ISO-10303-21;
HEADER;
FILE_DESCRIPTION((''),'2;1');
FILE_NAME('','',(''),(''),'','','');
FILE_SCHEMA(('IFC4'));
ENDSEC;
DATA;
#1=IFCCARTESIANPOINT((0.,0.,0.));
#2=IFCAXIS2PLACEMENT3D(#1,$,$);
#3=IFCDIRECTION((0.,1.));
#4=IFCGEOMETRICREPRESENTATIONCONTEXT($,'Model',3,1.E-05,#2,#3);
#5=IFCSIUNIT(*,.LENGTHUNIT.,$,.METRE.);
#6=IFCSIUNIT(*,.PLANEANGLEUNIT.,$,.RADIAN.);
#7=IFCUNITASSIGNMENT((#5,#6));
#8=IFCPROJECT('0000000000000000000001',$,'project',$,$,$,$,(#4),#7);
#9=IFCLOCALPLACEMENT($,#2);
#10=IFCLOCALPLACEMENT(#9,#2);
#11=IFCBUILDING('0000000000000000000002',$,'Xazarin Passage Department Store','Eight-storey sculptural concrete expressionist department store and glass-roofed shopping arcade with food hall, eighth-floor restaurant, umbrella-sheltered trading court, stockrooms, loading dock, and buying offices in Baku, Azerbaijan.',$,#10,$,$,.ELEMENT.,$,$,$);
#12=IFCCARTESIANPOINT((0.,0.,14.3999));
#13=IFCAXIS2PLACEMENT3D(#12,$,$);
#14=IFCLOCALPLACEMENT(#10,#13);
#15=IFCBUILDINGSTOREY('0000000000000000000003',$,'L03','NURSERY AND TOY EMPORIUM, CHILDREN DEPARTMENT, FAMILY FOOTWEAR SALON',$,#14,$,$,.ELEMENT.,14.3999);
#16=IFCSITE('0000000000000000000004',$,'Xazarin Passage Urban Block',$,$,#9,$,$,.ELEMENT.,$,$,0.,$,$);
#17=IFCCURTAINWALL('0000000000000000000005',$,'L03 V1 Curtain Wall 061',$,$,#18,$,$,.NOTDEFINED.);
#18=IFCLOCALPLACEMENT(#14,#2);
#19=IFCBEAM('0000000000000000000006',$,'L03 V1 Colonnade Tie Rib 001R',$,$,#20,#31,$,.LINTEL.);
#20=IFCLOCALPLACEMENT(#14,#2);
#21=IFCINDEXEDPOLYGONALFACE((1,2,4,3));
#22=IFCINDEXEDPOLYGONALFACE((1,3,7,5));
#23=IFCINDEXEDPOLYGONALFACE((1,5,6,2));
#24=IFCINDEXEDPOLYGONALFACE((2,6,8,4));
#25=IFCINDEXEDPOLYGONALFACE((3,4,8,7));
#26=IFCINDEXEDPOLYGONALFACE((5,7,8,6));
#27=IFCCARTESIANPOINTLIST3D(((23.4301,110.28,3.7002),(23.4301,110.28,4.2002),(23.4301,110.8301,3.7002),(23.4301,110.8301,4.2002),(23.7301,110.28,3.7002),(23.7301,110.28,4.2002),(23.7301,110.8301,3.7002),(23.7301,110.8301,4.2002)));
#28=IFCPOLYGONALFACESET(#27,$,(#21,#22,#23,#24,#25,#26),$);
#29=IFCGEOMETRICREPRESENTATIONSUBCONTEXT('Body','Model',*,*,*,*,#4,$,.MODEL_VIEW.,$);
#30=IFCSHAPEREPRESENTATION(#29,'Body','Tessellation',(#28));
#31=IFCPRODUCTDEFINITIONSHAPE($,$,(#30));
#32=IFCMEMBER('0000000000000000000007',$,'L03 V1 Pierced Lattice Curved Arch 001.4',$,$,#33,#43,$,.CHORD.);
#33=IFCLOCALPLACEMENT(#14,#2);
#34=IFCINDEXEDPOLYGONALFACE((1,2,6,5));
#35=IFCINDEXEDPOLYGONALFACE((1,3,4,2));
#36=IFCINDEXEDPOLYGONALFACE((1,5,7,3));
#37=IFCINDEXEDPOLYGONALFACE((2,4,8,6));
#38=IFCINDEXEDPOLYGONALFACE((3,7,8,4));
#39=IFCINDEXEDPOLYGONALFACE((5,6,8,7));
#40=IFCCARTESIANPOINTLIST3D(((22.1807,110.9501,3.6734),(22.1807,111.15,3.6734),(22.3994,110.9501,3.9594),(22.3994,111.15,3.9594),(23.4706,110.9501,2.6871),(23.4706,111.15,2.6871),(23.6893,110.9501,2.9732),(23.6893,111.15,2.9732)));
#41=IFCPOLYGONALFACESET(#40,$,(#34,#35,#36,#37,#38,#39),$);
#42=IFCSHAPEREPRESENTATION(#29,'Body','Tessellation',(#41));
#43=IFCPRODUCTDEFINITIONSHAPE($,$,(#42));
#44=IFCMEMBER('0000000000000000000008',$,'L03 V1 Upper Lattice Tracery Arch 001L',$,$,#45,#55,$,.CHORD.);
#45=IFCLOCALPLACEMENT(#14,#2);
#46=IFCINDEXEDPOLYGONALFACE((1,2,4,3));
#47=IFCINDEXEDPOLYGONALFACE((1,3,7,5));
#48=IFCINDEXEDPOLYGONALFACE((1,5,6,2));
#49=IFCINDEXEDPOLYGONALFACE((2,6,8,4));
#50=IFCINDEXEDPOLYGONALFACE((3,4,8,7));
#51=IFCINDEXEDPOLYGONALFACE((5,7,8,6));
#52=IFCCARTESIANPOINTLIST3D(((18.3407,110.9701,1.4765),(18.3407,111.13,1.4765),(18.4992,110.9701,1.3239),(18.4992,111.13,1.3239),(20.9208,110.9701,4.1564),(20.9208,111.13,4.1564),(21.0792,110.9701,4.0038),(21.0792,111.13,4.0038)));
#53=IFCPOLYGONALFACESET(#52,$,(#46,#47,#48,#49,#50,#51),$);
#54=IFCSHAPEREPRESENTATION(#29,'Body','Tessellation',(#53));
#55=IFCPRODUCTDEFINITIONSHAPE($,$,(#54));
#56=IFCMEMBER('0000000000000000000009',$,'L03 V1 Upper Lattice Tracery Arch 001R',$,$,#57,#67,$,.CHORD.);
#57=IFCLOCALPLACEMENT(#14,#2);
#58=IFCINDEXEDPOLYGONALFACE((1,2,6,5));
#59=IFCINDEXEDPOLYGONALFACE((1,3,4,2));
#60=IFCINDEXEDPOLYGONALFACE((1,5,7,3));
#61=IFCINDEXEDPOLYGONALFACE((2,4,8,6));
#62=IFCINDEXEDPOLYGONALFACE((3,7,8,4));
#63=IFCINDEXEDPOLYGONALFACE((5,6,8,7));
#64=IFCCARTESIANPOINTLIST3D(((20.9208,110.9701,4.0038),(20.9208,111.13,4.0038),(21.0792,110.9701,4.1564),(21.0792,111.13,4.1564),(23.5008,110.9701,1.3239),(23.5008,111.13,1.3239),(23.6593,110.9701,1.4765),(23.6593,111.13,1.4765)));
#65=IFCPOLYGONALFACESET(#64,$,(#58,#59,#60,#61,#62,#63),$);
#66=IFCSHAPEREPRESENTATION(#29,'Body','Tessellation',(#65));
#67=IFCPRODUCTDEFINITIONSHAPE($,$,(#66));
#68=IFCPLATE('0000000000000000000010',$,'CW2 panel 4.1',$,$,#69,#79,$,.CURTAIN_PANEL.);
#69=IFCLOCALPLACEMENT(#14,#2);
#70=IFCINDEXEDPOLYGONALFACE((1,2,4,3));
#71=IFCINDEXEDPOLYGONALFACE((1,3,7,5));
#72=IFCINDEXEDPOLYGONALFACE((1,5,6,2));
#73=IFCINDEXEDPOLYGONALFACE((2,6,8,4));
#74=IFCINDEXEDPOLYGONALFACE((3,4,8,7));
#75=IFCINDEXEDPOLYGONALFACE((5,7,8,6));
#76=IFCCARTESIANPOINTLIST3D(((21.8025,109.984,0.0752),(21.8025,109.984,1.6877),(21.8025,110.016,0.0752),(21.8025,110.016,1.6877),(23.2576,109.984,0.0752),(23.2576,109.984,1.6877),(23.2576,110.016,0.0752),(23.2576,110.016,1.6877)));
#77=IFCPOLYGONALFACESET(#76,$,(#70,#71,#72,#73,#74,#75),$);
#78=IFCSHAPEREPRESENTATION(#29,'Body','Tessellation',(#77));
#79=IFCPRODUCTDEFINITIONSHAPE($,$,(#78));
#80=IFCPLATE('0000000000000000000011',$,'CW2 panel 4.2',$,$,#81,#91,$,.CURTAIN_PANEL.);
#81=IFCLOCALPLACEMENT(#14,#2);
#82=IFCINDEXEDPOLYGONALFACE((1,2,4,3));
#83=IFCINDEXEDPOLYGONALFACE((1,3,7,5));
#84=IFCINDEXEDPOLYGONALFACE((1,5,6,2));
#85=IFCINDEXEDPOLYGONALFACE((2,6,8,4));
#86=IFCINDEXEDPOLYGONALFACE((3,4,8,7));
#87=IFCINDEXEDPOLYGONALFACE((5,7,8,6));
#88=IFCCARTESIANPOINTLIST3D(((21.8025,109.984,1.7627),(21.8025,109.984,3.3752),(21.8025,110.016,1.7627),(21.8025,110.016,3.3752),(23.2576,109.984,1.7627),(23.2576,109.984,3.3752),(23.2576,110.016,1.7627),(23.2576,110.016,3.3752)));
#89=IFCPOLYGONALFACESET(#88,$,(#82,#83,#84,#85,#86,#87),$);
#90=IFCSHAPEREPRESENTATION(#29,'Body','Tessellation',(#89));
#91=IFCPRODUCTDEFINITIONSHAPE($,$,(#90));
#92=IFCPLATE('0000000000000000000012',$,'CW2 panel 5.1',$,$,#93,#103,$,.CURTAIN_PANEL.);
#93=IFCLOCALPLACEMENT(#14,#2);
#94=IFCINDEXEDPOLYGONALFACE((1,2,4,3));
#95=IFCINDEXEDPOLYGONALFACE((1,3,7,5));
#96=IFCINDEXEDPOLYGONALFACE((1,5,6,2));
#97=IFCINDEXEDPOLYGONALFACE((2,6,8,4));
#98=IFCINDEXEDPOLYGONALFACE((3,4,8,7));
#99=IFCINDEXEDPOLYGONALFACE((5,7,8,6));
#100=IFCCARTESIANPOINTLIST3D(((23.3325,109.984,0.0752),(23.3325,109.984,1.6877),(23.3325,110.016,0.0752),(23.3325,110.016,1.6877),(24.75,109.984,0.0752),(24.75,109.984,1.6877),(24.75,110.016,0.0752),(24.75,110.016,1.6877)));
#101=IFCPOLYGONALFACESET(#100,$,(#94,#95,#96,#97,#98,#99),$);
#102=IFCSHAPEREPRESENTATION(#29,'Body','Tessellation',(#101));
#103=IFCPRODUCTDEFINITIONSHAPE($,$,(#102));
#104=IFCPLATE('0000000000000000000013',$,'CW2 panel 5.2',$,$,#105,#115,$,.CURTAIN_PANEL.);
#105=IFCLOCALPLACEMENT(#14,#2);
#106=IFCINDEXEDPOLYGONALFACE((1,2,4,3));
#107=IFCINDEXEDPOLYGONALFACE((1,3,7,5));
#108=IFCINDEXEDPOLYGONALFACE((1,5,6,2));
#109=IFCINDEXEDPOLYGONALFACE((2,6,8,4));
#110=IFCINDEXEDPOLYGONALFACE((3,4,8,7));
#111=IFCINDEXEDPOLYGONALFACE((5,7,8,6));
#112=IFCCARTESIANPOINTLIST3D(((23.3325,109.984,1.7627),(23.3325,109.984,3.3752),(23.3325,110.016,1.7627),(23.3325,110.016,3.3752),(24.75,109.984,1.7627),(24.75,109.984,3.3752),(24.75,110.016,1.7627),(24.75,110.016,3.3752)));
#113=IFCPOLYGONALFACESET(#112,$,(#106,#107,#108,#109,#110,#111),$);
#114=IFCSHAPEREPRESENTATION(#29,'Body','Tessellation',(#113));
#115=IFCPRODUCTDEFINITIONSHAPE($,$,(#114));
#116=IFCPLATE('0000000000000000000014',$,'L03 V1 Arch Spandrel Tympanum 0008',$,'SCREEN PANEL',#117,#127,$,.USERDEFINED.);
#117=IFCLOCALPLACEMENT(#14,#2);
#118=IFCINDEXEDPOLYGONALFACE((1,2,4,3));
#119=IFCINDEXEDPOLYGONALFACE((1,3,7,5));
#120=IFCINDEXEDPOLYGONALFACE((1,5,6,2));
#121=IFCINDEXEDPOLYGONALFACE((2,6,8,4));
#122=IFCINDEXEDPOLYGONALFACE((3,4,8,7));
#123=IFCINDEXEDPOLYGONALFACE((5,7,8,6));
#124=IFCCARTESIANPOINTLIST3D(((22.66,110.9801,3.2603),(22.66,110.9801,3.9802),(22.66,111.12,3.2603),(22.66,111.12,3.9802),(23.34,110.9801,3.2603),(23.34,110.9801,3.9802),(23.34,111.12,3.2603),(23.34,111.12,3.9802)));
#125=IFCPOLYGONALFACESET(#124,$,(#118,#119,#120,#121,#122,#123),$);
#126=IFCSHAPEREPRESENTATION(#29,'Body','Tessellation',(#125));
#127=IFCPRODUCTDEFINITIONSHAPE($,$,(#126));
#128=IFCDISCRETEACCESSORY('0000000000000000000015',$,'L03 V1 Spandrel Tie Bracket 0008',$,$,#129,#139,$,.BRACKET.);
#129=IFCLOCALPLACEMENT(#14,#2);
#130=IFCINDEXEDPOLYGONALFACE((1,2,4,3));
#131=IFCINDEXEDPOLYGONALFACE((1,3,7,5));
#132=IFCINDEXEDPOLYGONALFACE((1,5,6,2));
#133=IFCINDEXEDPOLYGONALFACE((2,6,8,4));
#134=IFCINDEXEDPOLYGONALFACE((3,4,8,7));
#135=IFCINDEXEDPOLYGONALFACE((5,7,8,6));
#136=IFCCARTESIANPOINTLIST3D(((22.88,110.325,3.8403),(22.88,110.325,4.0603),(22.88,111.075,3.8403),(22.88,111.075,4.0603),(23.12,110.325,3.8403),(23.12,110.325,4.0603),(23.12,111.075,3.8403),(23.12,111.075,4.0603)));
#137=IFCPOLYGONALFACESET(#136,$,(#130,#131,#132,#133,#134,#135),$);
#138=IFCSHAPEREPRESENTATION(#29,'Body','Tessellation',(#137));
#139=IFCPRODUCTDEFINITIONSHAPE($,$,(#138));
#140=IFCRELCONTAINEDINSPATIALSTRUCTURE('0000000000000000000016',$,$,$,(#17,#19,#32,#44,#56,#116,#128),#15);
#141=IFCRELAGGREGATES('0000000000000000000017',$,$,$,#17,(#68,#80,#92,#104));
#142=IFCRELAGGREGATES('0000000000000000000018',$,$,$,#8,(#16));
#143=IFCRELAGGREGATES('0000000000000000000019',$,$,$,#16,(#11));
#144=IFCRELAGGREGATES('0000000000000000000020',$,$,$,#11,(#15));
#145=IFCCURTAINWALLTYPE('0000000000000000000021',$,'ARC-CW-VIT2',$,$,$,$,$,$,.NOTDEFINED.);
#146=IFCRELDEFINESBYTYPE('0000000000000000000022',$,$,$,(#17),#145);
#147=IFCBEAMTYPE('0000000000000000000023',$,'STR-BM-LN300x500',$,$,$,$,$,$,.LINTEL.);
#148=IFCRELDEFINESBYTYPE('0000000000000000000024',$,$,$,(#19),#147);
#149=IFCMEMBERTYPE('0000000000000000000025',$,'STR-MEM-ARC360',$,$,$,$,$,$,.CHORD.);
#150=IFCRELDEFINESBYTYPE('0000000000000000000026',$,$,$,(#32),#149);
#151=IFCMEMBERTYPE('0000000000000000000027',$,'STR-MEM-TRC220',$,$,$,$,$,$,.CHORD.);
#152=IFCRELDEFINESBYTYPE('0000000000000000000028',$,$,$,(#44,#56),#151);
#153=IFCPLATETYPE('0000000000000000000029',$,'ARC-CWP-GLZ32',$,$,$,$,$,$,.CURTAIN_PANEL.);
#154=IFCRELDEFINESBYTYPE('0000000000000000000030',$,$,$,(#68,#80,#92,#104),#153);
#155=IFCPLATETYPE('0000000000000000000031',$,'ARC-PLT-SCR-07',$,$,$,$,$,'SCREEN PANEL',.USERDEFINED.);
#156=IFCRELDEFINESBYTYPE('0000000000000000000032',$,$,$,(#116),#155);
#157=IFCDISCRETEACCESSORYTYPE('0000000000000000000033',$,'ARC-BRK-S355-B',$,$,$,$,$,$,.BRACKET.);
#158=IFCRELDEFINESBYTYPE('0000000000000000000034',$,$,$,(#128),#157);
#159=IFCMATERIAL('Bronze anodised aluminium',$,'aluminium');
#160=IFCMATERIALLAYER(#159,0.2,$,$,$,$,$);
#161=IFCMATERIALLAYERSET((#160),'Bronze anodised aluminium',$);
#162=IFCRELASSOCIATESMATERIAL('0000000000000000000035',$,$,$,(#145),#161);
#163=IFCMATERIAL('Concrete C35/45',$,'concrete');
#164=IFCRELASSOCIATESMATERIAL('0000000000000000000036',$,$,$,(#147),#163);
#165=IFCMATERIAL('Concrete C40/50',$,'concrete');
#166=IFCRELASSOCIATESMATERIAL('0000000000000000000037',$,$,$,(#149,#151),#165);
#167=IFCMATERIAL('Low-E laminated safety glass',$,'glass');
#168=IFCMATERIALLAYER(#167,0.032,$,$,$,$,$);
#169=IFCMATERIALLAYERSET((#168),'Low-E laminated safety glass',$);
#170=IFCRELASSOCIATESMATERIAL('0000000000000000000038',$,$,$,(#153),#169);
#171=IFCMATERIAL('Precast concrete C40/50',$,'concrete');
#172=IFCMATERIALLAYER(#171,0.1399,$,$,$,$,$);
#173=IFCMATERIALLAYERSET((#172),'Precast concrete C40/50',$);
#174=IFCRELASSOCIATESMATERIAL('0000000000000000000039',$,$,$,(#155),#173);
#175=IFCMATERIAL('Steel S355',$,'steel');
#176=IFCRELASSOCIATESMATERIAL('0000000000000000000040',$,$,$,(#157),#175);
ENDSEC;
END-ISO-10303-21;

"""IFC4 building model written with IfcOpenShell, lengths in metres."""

from ifc_helpers import new_model, si_unit, direction, frame, origin, origin_2d, place, context, subcontext, project, spatial, rectangle, extrude, material, layer, layer_set, material_profile, profile_set, type_object, element, aggregate, save


model = new_model("IFC4")

# Units and contexts
model_context = context("Model", 3, precision=1e-05, world=origin(), true_north=direction((0.0, 1.0)))
body_context = subcontext(model_context, "Body", "Model", "MODEL_VIEW")
ifc_project = project(units=[si_unit("LENGTHUNIT", "METRE"), si_unit("PLANEANGLEUNIT", "RADIAN")], contexts=[model_context])

# Site, building, storey
site_placement = place(None, origin())
site = spatial("IfcSite", under=ifc_project, at=site_placement, Name="Xazarin Passage Urban Block", CompositionType="ELEMENT", RefElevation=0.0)
building_placement = place(site_placement, origin())
building = spatial("IfcBuilding", under=site, at=building_placement, Name="Xazarin Passage Department Store", Description="Eight-storey sculptural concrete expressionist department store and glass-roofed shopping arcade with food hall, eighth-floor restaurant, umbrella-sheltered trading court, stockrooms, loading dock, and buying offices in Baku, Azerbaijan.", CompositionType="ELEMENT")
storey_placement = place(building_placement, frame((0.0, 0.0, 14.3999)))
storey = spatial("IfcBuildingStorey", under=building, at=storey_placement, Name="L03", Description="NURSERY AND TOY EMPORIUM, CHILDREN DEPARTMENT, FAMILY FOOTWEAR SALON", CompositionType="ELEMENT", Elevation=14.3999)

# Shared definitions
ifc_material_1 = material(Name="Concrete C40/50", Category="concrete")

# Curtain wall
ifc_material_2 = material(Name="Bronze anodised aluminium", Category="aluminium")
ifc_layer_1 = layer(ifc_material_2, 0.2)
ifc_layer_set_1 = layer_set([ifc_layer_1], Name="Bronze anodised aluminium")
curtain_wall_type = type_object("IfcCurtainWallType", Name="ARC-CW-VIT2", PredefinedType="NOTDEFINED", material=ifc_layer_set_1)
curtain_wall_placement = place(storey_placement, origin())
curtain_wall = element("IfcCurtainWall", 1, at=curtain_wall_placement, inside=storey, type_object=curtain_wall_type, Name="L03 V1 Curtain Wall 061", PredefinedType="NOTDEFINED")

# Beam
ifc_material_3 = material(Name="Concrete C35/45", Category="concrete")
ifc_material_profile_1 = material_profile(ifc_material_3, rectangle(XDim=0.3, YDim=0.5, at=origin_2d()), Name="RC 300x500")
ifc_profile_set_1 = profile_set([ifc_material_profile_1], Name="Concrete C35/45")
beam_type = type_object("IfcBeamType", Name="STR-BM-LN300x500", PredefinedType="LINTEL", material=ifc_profile_set_1)
beam_placement = place(storey_placement, frame((23.5801, 110.28, 3.9502), z_axis=(0.0, 1.0, 0.0), x_axis=(-1.0, 0.0, 0.0)))
element("IfcBeam", 2, at=beam_placement, inside=storey, type_object=beam_type, Name="L03 V1 Colonnade Tie Rib 001R", PredefinedType="LINTEL", context=body_context, shape_type="SweptSolid", body=[
    extrude(rectangle(XDim=0.3, YDim=0.5, at=origin_2d()), origin(), (0.0, 0.0, 1.0), 0.55),
])

# Members
ifc_material_profile_2 = material_profile(ifc_material_1, rectangle(XDim=0.2, YDim=0.3601, at=origin_2d()), Name="RC 200x360")
ifc_profile_set_2 = profile_set([ifc_material_profile_2], Name="Concrete C40/50")
member_type_1 = type_object("IfcMemberType", Name="STR-MEM-ARC360", PredefinedType="CHORD", material=ifc_profile_set_2)
member_1_placement = place(storey_placement, frame((22.29, 111.05, 3.8164), z_axis=(0.794409, 0.0, -0.607383), x_axis=(0.0, 1.0, 0.0)))
element("IfcMember", 3, at=member_1_placement, inside=storey, type_object=member_type_1, Name="L03 V1 Pierced Lattice Curved Arch 001.4", PredefinedType="CHORD", context=body_context, shape_type="SweptSolid", body=[
    extrude(rectangle(XDim=0.2, YDim=0.3601, at=origin_2d()), origin(), (0.0, 0.0, 1.0), 1.6238),
])
ifc_material_profile_3 = material_profile(ifc_material_1, rectangle(XDim=0.1599, YDim=0.22, at=origin_2d()), Name="RC 160x220")
ifc_profile_set_3 = profile_set([ifc_material_profile_3], Name="Concrete C40/50")
member_type_2 = type_object("IfcMemberType", Name="STR-MEM-TRC220", PredefinedType="CHORD", material=ifc_profile_set_3)
for number, where, z_axis, x_axis, name in (
    (4, (21.0, 111.05, 4.0801), (-0.693558, 0.0, -0.7204), (0.0, -1.0, 0.0), "L03 V1 Upper Lattice Tracery Arch 001L"),
    (5, (21.0, 111.05, 4.0801), (0.693558, 0.0, -0.7204), (0.0, 1.0, 0.0), "L03 V1 Upper Lattice Tracery Arch 001R"),
):
    element("IfcMember", number, at=place(storey_placement, frame(where, z_axis=z_axis, x_axis=x_axis)), inside=storey, type_object=member_type_2, Name=name, PredefinedType="CHORD", context=body_context, shape_type="SweptSolid", body=[
        extrude(rectangle(XDim=0.1599, YDim=0.22, at=origin_2d()), origin(), (0.0, 0.0, 1.0), 3.72),
    ])

# Plates
ifc_material_4 = material(Name="Low-E laminated safety glass", Category="glass")
ifc_layer_2 = layer(ifc_material_4, 0.032)
ifc_layer_set_2 = layer_set([ifc_layer_2], Name="Low-E laminated safety glass")
plate_type_1 = type_object("IfcPlateType", Name="ARC-CWP-GLZ32", PredefinedType="CURTAIN_PANEL", material=ifc_layer_set_2)
plate_1_placement = place(storey_placement, frame((22.53, 110.0, 0.0752), z_axis=(0.0, 0.0, 1.0), x_axis=(1.0, 0.0, 0.0)))
plate_1 = element("IfcPlate", 6, at=plate_1_placement, type_object=plate_type_1, Name="CW2 panel 4.1", PredefinedType="CURTAIN_PANEL", context=body_context, shape_type="SweptSolid", body=[
    extrude(rectangle(XDim=1.4551, YDim=0.032, at=origin_2d()), origin(), (0.0, 0.0, 1.0), 1.6125),
])
plate_2_placement = place(storey_placement, frame((22.53, 110.0, 1.7627), z_axis=(0.0, 0.0, 1.0), x_axis=(1.0, 0.0, 0.0)))
plate_2 = element("IfcPlate", 7, at=plate_2_placement, type_object=plate_type_1, Name="CW2 panel 4.2", PredefinedType="CURTAIN_PANEL", context=body_context, shape_type="SweptSolid", body=[
    extrude(rectangle(XDim=1.4551, YDim=0.032, at=origin_2d()), origin(), (0.0, 0.0, 1.0), 1.6125),
])
plate_3_placement = place(storey_placement, frame((24.0413, 110.0, 0.0752), z_axis=(0.0, 0.0, 1.0), x_axis=(1.0, 0.0, 0.0)))
plate_3 = element("IfcPlate", 8, at=plate_3_placement, type_object=plate_type_1, Name="CW2 panel 5.1", PredefinedType="CURTAIN_PANEL", context=body_context, shape_type="SweptSolid", body=[
    extrude(rectangle(XDim=1.4175, YDim=0.032, at=origin_2d()), origin(), (0.0, 0.0, 1.0), 1.6125),
])
plate_4_placement = place(storey_placement, frame((24.0413, 110.0, 1.7627), z_axis=(0.0, 0.0, 1.0), x_axis=(1.0, 0.0, 0.0)))
plate_4 = element("IfcPlate", 9, at=plate_4_placement, type_object=plate_type_1, Name="CW2 panel 5.2", PredefinedType="CURTAIN_PANEL", context=body_context, shape_type="SweptSolid", body=[
    extrude(rectangle(XDim=1.4175, YDim=0.032, at=origin_2d()), origin(), (0.0, 0.0, 1.0), 1.6125),
])
aggregate(curtain_wall, [plate_1, plate_2, plate_3, plate_4])
ifc_material_5 = material(Name="Precast concrete C40/50", Category="concrete")
ifc_layer_3 = layer(ifc_material_5, 0.1399)
ifc_layer_set_3 = layer_set([ifc_layer_3], Name="Precast concrete C40/50")
plate_type_2 = type_object("IfcPlateType", Name="ARC-PLT-SCR-07", ElementType="SCREEN PANEL", PredefinedType="USERDEFINED", material=ifc_layer_set_3)
plate_5_placement = place(storey_placement, frame((23.0, 111.05, 3.2603), z_axis=(0.0, 0.0, 1.0), x_axis=(1.0, 0.0, 0.0)))
element("IfcPlate", 10, at=plate_5_placement, inside=storey, type_object=plate_type_2, Name="L03 V1 Arch Spandrel Tympanum 0008", ObjectType="SCREEN PANEL", PredefinedType="USERDEFINED", context=body_context, shape_type="SweptSolid", body=[
    extrude(rectangle(XDim=0.6799, YDim=0.1399, at=origin_2d()), origin(), (0.0, 0.0, 1.0), 0.72),
])

# Discrete accessory
ifc_material_6 = material(Name="Steel S355", Category="steel")
discrete_accessory_type = type_object("IfcDiscreteAccessoryType", Name="ARC-BRK-S355-B", PredefinedType="BRACKET", material=ifc_material_6)
discrete_accessory_placement = place(storey_placement, frame((23.0, 110.7, 3.8403), z_axis=(0.0, 0.0, 1.0), x_axis=(1.0, 0.0, 0.0)))
element("IfcDiscreteAccessory", 11, at=discrete_accessory_placement, inside=storey, type_object=discrete_accessory_type, Name="L03 V1 Spandrel Tie Bracket 0008", PredefinedType="BRACKET", context=body_context, shape_type="SweptSolid", body=[
    extrude(rectangle(XDim=0.24, YDim=0.75, at=origin_2d()), origin(), (0.0, 0.0, 1.0), 0.22),
])

save(model, "model.ifc")
